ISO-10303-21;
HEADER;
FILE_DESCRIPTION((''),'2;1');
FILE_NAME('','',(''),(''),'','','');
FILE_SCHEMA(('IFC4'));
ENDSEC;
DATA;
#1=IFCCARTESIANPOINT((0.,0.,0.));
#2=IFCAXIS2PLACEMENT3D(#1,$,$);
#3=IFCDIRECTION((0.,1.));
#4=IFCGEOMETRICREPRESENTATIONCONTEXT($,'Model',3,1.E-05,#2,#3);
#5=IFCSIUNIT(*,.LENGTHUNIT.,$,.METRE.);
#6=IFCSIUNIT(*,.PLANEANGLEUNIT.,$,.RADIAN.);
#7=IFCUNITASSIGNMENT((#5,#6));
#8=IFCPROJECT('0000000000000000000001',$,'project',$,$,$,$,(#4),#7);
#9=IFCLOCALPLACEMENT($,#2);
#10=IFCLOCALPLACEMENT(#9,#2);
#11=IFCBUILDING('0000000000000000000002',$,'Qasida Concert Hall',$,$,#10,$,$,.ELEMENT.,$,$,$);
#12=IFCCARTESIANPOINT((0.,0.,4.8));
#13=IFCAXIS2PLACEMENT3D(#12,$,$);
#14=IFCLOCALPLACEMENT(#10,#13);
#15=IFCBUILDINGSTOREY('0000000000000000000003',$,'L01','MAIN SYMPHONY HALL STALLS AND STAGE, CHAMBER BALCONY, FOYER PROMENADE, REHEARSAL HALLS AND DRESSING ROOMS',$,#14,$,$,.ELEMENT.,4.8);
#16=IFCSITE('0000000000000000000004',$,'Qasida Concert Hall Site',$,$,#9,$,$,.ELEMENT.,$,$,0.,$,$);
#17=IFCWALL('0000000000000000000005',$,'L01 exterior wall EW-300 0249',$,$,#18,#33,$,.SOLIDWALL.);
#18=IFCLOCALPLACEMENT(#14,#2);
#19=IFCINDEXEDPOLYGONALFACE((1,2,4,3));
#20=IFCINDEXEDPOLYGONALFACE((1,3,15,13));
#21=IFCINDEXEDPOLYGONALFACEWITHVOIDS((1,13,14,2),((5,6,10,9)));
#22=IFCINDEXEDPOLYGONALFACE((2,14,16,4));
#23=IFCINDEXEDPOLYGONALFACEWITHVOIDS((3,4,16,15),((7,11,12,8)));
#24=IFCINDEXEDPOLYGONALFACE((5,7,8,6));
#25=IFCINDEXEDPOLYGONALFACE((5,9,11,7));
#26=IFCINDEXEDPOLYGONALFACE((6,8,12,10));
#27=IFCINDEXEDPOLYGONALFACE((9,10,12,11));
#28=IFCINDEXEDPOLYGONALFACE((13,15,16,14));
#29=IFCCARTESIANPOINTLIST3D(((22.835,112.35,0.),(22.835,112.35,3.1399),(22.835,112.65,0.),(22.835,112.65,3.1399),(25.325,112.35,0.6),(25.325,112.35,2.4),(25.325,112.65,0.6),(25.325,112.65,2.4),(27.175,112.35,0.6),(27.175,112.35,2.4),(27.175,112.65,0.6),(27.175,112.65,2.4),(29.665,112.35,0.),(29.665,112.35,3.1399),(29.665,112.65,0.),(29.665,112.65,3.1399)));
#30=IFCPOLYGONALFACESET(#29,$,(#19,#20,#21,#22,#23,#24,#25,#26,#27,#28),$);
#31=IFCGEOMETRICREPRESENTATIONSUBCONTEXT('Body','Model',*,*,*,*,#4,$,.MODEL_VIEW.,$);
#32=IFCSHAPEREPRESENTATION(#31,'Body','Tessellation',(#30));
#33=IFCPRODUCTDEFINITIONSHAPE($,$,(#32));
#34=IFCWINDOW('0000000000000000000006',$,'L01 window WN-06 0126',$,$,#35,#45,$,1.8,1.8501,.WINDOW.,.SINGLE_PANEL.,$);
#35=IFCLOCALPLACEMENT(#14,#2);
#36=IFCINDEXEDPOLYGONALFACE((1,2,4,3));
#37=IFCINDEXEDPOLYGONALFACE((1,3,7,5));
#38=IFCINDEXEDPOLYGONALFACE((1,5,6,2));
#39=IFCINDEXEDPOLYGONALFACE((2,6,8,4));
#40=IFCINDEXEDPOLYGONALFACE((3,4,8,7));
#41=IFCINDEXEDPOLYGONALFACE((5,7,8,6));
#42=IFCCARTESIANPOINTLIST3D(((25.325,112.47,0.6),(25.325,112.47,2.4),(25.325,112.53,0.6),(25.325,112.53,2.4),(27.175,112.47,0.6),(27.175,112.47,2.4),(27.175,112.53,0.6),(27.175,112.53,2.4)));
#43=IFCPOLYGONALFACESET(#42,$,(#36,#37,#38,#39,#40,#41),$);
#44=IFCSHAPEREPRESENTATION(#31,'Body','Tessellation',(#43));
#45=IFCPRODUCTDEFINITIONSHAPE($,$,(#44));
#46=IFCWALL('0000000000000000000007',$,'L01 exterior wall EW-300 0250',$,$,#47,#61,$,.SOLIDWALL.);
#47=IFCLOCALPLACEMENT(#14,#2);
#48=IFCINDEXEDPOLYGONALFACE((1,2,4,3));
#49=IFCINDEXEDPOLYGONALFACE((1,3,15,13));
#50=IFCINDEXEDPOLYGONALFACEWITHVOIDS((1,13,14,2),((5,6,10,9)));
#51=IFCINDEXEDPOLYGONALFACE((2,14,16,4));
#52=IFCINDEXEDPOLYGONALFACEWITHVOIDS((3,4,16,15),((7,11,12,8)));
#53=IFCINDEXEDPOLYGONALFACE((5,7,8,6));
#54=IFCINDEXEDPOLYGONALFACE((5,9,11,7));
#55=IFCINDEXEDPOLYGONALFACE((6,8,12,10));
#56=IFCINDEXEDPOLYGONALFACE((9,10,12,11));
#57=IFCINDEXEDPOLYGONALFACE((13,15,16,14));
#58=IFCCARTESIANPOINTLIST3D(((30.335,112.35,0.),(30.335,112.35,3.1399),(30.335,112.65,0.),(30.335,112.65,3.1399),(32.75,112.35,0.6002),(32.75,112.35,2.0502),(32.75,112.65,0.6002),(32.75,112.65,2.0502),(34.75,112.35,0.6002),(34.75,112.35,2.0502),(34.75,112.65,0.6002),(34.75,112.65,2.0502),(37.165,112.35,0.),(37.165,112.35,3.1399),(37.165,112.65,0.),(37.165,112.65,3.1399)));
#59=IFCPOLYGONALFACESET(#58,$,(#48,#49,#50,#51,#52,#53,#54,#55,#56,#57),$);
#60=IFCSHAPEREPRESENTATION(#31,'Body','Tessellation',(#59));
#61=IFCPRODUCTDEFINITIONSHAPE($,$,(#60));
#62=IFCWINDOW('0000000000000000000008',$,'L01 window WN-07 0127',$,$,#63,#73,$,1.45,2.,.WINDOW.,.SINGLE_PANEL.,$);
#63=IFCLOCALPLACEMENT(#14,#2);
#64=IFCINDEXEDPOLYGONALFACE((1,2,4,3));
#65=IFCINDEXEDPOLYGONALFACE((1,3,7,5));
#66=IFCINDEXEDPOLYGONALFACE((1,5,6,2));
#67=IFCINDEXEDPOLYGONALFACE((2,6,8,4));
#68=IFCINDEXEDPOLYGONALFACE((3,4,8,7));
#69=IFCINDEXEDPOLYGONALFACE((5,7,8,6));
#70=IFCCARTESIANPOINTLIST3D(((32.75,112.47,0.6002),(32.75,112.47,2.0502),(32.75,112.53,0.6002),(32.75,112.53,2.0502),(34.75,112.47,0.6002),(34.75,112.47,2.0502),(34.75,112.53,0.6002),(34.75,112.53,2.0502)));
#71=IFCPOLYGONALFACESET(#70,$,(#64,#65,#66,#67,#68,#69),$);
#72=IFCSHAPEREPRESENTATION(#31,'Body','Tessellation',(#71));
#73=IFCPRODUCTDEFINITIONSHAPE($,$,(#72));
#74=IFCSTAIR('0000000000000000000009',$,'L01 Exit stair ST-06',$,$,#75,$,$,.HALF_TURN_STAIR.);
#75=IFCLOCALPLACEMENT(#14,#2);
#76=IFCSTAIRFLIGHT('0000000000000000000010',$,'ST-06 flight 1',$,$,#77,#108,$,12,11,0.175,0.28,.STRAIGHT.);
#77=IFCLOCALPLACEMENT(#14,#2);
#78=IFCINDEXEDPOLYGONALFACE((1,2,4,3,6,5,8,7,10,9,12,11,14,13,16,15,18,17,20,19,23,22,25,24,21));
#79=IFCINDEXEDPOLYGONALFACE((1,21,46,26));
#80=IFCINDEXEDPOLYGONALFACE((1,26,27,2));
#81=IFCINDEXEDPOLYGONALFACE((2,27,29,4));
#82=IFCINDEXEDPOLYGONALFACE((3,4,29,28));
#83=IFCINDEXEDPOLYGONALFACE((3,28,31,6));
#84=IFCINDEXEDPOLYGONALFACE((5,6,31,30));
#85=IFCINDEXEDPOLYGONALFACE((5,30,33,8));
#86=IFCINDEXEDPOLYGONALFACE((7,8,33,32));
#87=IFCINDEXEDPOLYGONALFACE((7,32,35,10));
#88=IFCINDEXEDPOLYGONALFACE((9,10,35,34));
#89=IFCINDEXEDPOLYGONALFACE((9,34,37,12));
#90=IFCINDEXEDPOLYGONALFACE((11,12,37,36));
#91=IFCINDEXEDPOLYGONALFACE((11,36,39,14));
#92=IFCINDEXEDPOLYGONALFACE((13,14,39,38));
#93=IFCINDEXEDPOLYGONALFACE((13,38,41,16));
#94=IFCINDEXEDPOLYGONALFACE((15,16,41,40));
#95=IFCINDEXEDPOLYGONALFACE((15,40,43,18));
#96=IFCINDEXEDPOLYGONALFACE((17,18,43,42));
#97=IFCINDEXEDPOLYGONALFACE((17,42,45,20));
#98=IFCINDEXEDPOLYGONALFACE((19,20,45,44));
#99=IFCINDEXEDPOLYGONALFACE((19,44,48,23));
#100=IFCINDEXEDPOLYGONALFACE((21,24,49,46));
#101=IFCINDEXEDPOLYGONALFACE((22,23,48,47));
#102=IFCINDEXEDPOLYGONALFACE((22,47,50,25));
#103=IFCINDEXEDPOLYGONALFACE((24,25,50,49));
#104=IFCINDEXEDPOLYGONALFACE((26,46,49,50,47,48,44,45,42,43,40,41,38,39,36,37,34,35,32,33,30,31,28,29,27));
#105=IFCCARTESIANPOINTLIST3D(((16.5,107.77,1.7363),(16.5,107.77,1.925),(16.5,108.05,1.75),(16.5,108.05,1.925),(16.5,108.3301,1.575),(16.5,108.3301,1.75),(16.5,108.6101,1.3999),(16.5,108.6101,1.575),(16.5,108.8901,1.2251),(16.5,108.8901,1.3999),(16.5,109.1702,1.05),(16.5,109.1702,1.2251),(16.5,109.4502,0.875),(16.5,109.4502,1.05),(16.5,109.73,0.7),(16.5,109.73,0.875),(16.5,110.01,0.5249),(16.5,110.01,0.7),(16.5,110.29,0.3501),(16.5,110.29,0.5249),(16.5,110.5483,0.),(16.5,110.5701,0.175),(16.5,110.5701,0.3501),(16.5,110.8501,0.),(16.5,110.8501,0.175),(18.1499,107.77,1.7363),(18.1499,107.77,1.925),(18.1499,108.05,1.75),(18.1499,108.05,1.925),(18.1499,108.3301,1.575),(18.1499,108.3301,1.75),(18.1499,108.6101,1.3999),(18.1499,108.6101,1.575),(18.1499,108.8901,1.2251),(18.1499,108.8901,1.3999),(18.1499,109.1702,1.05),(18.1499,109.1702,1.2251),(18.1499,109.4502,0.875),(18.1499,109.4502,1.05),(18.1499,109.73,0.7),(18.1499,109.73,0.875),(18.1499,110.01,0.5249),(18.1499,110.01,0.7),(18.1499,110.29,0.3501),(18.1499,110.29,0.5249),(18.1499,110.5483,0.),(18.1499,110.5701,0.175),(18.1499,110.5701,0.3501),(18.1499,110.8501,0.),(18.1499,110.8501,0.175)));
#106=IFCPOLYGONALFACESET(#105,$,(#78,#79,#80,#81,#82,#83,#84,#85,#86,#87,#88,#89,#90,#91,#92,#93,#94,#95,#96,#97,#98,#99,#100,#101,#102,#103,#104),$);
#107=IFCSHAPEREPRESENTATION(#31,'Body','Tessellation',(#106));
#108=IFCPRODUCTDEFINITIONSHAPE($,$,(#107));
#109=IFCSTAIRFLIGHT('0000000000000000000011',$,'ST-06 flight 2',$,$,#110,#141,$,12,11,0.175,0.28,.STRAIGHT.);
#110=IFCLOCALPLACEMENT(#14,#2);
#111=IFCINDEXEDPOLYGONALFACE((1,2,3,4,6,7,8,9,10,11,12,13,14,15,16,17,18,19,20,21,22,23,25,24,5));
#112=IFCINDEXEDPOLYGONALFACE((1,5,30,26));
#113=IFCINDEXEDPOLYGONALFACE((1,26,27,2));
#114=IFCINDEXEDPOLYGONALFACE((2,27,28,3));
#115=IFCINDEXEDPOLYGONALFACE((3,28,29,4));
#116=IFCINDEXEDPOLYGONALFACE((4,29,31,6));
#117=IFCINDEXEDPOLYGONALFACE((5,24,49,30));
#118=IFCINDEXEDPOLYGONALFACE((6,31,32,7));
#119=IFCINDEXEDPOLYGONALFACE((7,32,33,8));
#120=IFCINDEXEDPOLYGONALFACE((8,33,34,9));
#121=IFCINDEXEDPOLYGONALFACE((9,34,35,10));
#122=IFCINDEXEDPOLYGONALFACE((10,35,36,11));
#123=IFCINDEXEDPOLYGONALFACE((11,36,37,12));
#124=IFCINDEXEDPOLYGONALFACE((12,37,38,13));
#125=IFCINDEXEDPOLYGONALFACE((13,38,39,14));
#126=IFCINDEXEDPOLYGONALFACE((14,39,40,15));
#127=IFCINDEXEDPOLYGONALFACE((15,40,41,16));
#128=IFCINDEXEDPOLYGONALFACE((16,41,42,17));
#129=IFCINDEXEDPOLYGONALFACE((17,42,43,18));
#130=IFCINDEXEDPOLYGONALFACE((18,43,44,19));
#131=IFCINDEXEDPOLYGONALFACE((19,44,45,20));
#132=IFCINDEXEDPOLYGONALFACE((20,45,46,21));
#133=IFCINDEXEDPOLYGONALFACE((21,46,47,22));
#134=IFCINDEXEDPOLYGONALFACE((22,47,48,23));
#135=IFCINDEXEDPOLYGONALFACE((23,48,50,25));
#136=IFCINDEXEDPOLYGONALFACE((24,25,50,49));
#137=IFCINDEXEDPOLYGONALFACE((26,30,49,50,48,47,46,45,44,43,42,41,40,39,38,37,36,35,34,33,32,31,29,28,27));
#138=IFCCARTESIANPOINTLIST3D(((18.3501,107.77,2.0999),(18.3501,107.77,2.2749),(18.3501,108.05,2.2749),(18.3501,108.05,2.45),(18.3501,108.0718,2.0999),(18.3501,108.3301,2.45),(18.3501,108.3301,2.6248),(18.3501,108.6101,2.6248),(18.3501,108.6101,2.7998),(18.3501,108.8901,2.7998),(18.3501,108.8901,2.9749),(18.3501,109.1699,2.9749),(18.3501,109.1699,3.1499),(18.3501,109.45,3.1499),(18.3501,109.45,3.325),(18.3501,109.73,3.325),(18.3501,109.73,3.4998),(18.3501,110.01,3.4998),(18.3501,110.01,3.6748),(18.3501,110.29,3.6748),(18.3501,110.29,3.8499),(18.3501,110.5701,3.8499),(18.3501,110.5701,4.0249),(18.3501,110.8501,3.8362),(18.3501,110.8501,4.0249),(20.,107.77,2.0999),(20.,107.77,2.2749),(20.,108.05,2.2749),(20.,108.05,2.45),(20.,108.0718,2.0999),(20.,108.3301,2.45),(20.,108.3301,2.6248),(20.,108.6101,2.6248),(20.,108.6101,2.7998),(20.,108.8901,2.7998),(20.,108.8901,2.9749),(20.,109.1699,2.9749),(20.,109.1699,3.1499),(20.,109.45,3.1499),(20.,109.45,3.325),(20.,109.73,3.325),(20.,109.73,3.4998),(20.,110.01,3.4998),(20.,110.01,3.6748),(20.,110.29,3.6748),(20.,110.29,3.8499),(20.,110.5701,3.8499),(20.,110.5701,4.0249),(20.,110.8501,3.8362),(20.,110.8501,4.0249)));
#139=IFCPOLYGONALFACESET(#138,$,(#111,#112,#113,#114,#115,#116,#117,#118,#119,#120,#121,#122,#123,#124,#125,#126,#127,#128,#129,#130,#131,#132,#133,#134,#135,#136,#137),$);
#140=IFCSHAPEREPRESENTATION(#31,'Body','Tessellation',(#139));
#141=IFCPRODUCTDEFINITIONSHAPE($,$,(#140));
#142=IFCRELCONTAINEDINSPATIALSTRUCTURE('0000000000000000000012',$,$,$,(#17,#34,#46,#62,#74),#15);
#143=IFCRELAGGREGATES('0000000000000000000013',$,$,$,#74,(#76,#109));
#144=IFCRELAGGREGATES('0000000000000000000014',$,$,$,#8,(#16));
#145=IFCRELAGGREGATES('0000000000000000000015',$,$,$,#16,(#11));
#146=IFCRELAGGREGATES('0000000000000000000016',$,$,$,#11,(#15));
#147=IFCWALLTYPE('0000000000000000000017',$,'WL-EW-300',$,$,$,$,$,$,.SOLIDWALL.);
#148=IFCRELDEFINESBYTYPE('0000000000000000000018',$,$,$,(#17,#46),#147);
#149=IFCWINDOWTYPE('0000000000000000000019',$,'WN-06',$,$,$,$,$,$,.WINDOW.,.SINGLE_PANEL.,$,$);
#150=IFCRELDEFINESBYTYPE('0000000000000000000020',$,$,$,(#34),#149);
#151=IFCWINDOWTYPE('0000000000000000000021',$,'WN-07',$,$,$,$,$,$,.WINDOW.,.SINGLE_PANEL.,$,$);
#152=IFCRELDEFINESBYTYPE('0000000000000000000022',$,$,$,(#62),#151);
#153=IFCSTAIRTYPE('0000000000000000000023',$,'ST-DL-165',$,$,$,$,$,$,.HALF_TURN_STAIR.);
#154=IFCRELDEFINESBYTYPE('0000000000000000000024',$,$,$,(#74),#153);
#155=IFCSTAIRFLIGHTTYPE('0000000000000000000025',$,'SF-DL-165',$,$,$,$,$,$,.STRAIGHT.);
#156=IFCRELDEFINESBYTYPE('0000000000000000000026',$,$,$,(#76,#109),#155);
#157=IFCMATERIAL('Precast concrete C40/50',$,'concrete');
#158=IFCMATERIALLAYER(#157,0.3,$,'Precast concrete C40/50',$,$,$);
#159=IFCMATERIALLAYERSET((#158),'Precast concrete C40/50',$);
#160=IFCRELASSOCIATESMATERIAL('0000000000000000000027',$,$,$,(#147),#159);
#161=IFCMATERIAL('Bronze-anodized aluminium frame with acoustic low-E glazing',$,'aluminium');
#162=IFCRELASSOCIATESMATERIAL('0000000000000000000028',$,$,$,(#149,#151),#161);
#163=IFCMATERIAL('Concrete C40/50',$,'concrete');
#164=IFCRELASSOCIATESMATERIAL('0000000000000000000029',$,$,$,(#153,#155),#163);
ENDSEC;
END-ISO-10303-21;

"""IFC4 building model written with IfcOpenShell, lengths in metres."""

from ifc_helpers import new_model, si_unit, direction, frame, frame_2d, origin, place, context, subcontext, project, spatial, polyline, rectangle, outline, extrude, material, layer, layer_set, type_object, element, fill, aggregate, save


model = new_model("IFC4")

# Units and contexts
model_context = context("Model", 3, precision=1e-05, world=origin(), true_north=direction((0.0, 1.0)))
body_context = subcontext(model_context, "Body", "Model", "MODEL_VIEW")
ifc_project = project(units=[si_unit("LENGTHUNIT", "METRE"), si_unit("PLANEANGLEUNIT", "RADIAN")], contexts=[model_context])

# Site, building, storey
site_placement = place(None, origin())
site = spatial("IfcSite", under=ifc_project, at=site_placement, Name="Qasida Concert Hall Site", CompositionType="ELEMENT", RefElevation=0.0)
building_placement = place(site_placement, origin())
building = spatial("IfcBuilding", under=site, at=building_placement, Name="Qasida Concert Hall", CompositionType="ELEMENT")
storey_placement = place(building_placement, frame((0.0, 0.0, 4.8)))
storey = spatial("IfcBuildingStorey", under=building, at=storey_placement, Name="L01", Description="MAIN SYMPHONY HALL STALLS AND STAGE, CHAMBER BALCONY, FOYER PROMENADE, REHEARSAL HALLS AND DRESSING ROOMS", CompositionType="ELEMENT", Elevation=4.8)

# Shared definitions
ifc_material_1 = material(Name="Concrete C40/50", Category="concrete")

# Walls, openings, windows
ifc_material_2 = material(Name="Precast concrete C40/50", Category="concrete")
ifc_layer_1 = layer(ifc_material_2, 0.3, Name="Precast concrete C40/50")
ifc_layer_set_1 = layer_set([ifc_layer_1], Name="Precast concrete C40/50")
wall_type_1 = type_object("IfcWallType", Name="WL-EW-300", PredefinedType="SOLIDWALL", material=ifc_layer_set_1)
wall_1_placement = place(storey_placement, frame((22.835, 112.5, 0.0), z_axis=(0.0, 0.0, 1.0), x_axis=(1.0, 0.0, 0.0)))
wall_1 = element("IfcWall", 1, at=wall_1_placement, inside=storey, type_object=wall_type_1, Name="L01 exterior wall EW-300 0249", PredefinedType="SOLIDWALL", context=body_context, shape_type="SweptSolid", body=[
    extrude(rectangle(XDim=6.8301, YDim=0.3, at=frame_2d((3.415, 0.0))), origin(), (0.0, 0.0, 1.0), 3.1399),
])
opening_1_placement = place(wall_1_placement, frame((2.49, 0.0, 0.6001)))
opening_1 = element("IfcOpeningElement", 2, at=opening_1_placement, cuts=wall_1, PredefinedType="OPENING", context=body_context, shape_type="SweptSolid", body=[
    extrude(rectangle(XDim=1.8501, YDim=1.8, at=frame_2d((0.925, 0.8999))), frame((0.0, 0.1599, 0.0), z_axis=(0.0, -1.0, 0.0), x_axis=(1.0, 0.0, 0.0)), (0.0, 0.0, 1.0), 0.3201),
])
ifc_material_3 = material(Name="Bronze-anodized aluminium frame with acoustic low-E glazing", Category="aluminium")
window_type_1 = type_object("IfcWindowType", Name="WN-06", PartitioningType="SINGLE_PANEL", PredefinedType="WINDOW", material=ifc_material_3)
window_1_placement = place(opening_1_placement, origin())
window_1 = element("IfcWindow", 3, at=window_1_placement, inside=storey, type_object=window_type_1, Name="L01 window WN-06 0126", OverallHeight=1.8, OverallWidth=1.8501, PartitioningType="SINGLE_PANEL", PredefinedType="WINDOW", context=body_context, shape_type="SweptSolid", body=[
    extrude(rectangle(XDim=1.8501, YDim=1.8, at=frame_2d((0.925, 0.8999))), frame((0.0, 0.03, 0.0), z_axis=(0.0, -1.0, 0.0), x_axis=(1.0, 0.0, 0.0)), (0.0, 0.0, 1.0), 0.0601),
])
fill(opening_1, window_1)
wall_2_placement = place(storey_placement, frame((30.335, 112.5, 0.0), z_axis=(0.0, 0.0, 1.0), x_axis=(1.0, 0.0, 0.0)))
wall_2 = element("IfcWall", 4, at=wall_2_placement, inside=storey, type_object=wall_type_1, Name="L01 exterior wall EW-300 0250", PredefinedType="SOLIDWALL", context=body_context, shape_type="SweptSolid", body=[
    extrude(rectangle(XDim=6.8301, YDim=0.3, at=frame_2d((3.415, 0.0))), origin(), (0.0, 0.0, 1.0), 3.1399),
])
opening_2_placement = place(wall_2_placement, frame((2.415, 0.0, 0.6001)))
opening_2 = element("IfcOpeningElement", 5, at=opening_2_placement, cuts=wall_2, PredefinedType="OPENING", context=body_context, shape_type="SweptSolid", body=[
    extrude(rectangle(XDim=2.0, YDim=1.45, at=frame_2d((1.0, 0.7251))), frame((0.0, 0.1599, 0.0), z_axis=(0.0, -1.0, 0.0), x_axis=(1.0, 0.0, 0.0)), (0.0, 0.0, 1.0), 0.3201),
])
window_type_2 = type_object("IfcWindowType", Name="WN-07", PartitioningType="SINGLE_PANEL", PredefinedType="WINDOW", material=ifc_material_3)
window_2_placement = place(opening_2_placement, origin())
window_2 = element("IfcWindow", 6, at=window_2_placement, inside=storey, type_object=window_type_2, Name="L01 window WN-07 0127", OverallHeight=1.45, OverallWidth=2.0, PartitioningType="SINGLE_PANEL", PredefinedType="WINDOW", context=body_context, shape_type="SweptSolid", body=[
    extrude(rectangle(XDim=2.0, YDim=1.45, at=frame_2d((1.0, 0.7251))), frame((0.0, 0.03, 0.0), z_axis=(0.0, -1.0, 0.0), x_axis=(1.0, 0.0, 0.0)), (0.0, 0.0, 1.0), 0.0601),
])
fill(opening_2, window_2)

# Stair, stair flights
stair_type = type_object("IfcStairType", Name="ST-DL-165", PredefinedType="HALF_TURN_STAIR", material=ifc_material_1)
stair_placement = place(storey_placement, origin())
stair = element("IfcStair", 7, at=stair_placement, inside=storey, type_object=stair_type, Name="L01 Exit stair ST-06", PredefinedType="HALF_TURN_STAIR")
stair_flight_type = type_object("IfcStairFlightType", Name="SF-DL-165", PredefinedType="STRAIGHT", material=ifc_material_1)
stair_flight_1_placement = place(storey_placement, frame((17.325, 110.8501, 0.0), z_axis=(0.0, 0.0, 1.0), x_axis=(0.0, -1.0, 0.0)))
stair_flight_1 = element("IfcStairFlight", 8, at=stair_flight_1_placement, type_object=stair_flight_type, Name="ST-06 flight 1", NumberOfRisers=12, NumberOfTreads=11, PredefinedType="STRAIGHT", RiserHeight=0.175, TreadLength=0.28, context=body_context, shape_type="SweptSolid", body=[
    extrude(outline(polyline([(0.0, 0.0), (0.0, 0.175), (0.28, 0.175), (0.28, 0.3501), (0.5601, 0.3501), (0.5601, 0.5249), (0.8401, 0.5249), (0.8401, 0.7), (1.1201, 0.7), (1.1201, 0.875), (1.3999, 0.875), (1.3999, 1.05), (1.6799, 1.05), (1.6799, 1.2251), (1.96, 1.2251), (1.96, 1.3999), (2.24, 1.3999), (2.24, 1.575), (2.52, 1.575), (2.52, 1.75), (2.8, 1.75), (2.8, 1.925), (3.0801, 1.925), (3.0801, 2.1001), (3.0801, 1.7363), (0.3018, 0.0), (0.0, 0.0)])), frame((0.0, 0.825, 0.0), z_axis=(0.0, -1.0, 0.0), x_axis=(1.0, 0.0, 0.0)), (0.0, 0.0, 1.0), 1.6499),
])
stair_flight_2_placement = place(storey_placement, frame((19.175, 107.77, 2.0999), z_axis=(0.0, 0.0, 1.0), x_axis=(0.0, 1.0, 0.0)))
stair_flight_2 = element("IfcStairFlight", 9, at=stair_flight_2_placement, type_object=stair_flight_type, Name="ST-06 flight 2", NumberOfRisers=12, NumberOfTreads=11, PredefinedType="STRAIGHT", RiserHeight=0.175, TreadLength=0.28, context=body_context, shape_type="SweptSolid", body=[
    extrude(outline(polyline([(0.0, 0.0), (0.0, 0.175), (0.28, 0.175), (0.28, 0.3501), (0.5601, 0.3501), (0.5601, 0.5249), (0.8401, 0.5249), (0.8401, 0.7), (1.1201, 0.7), (1.1201, 0.875), (1.3999, 0.875), (1.3999, 1.05), (1.6799, 1.05), (1.6799, 1.2251), (1.96, 1.2251), (1.96, 1.3999), (2.24, 1.3999), (2.24, 1.575), (2.52, 1.575), (2.52, 1.75), (2.8, 1.75), (2.8, 1.925), (3.0801, 1.925), (3.0801, 2.1001), (3.0801, 1.7363), (0.3018, 0.0), (0.0, 0.0)])), frame((0.0, 0.825, 0.0), z_axis=(0.0, -1.0, 0.0), x_axis=(1.0, 0.0, 0.0)), (0.0, 0.0, 1.0), 1.6499),
])
aggregate(stair, [stair_flight_1, stair_flight_2])

save(model, "model.ifc")
